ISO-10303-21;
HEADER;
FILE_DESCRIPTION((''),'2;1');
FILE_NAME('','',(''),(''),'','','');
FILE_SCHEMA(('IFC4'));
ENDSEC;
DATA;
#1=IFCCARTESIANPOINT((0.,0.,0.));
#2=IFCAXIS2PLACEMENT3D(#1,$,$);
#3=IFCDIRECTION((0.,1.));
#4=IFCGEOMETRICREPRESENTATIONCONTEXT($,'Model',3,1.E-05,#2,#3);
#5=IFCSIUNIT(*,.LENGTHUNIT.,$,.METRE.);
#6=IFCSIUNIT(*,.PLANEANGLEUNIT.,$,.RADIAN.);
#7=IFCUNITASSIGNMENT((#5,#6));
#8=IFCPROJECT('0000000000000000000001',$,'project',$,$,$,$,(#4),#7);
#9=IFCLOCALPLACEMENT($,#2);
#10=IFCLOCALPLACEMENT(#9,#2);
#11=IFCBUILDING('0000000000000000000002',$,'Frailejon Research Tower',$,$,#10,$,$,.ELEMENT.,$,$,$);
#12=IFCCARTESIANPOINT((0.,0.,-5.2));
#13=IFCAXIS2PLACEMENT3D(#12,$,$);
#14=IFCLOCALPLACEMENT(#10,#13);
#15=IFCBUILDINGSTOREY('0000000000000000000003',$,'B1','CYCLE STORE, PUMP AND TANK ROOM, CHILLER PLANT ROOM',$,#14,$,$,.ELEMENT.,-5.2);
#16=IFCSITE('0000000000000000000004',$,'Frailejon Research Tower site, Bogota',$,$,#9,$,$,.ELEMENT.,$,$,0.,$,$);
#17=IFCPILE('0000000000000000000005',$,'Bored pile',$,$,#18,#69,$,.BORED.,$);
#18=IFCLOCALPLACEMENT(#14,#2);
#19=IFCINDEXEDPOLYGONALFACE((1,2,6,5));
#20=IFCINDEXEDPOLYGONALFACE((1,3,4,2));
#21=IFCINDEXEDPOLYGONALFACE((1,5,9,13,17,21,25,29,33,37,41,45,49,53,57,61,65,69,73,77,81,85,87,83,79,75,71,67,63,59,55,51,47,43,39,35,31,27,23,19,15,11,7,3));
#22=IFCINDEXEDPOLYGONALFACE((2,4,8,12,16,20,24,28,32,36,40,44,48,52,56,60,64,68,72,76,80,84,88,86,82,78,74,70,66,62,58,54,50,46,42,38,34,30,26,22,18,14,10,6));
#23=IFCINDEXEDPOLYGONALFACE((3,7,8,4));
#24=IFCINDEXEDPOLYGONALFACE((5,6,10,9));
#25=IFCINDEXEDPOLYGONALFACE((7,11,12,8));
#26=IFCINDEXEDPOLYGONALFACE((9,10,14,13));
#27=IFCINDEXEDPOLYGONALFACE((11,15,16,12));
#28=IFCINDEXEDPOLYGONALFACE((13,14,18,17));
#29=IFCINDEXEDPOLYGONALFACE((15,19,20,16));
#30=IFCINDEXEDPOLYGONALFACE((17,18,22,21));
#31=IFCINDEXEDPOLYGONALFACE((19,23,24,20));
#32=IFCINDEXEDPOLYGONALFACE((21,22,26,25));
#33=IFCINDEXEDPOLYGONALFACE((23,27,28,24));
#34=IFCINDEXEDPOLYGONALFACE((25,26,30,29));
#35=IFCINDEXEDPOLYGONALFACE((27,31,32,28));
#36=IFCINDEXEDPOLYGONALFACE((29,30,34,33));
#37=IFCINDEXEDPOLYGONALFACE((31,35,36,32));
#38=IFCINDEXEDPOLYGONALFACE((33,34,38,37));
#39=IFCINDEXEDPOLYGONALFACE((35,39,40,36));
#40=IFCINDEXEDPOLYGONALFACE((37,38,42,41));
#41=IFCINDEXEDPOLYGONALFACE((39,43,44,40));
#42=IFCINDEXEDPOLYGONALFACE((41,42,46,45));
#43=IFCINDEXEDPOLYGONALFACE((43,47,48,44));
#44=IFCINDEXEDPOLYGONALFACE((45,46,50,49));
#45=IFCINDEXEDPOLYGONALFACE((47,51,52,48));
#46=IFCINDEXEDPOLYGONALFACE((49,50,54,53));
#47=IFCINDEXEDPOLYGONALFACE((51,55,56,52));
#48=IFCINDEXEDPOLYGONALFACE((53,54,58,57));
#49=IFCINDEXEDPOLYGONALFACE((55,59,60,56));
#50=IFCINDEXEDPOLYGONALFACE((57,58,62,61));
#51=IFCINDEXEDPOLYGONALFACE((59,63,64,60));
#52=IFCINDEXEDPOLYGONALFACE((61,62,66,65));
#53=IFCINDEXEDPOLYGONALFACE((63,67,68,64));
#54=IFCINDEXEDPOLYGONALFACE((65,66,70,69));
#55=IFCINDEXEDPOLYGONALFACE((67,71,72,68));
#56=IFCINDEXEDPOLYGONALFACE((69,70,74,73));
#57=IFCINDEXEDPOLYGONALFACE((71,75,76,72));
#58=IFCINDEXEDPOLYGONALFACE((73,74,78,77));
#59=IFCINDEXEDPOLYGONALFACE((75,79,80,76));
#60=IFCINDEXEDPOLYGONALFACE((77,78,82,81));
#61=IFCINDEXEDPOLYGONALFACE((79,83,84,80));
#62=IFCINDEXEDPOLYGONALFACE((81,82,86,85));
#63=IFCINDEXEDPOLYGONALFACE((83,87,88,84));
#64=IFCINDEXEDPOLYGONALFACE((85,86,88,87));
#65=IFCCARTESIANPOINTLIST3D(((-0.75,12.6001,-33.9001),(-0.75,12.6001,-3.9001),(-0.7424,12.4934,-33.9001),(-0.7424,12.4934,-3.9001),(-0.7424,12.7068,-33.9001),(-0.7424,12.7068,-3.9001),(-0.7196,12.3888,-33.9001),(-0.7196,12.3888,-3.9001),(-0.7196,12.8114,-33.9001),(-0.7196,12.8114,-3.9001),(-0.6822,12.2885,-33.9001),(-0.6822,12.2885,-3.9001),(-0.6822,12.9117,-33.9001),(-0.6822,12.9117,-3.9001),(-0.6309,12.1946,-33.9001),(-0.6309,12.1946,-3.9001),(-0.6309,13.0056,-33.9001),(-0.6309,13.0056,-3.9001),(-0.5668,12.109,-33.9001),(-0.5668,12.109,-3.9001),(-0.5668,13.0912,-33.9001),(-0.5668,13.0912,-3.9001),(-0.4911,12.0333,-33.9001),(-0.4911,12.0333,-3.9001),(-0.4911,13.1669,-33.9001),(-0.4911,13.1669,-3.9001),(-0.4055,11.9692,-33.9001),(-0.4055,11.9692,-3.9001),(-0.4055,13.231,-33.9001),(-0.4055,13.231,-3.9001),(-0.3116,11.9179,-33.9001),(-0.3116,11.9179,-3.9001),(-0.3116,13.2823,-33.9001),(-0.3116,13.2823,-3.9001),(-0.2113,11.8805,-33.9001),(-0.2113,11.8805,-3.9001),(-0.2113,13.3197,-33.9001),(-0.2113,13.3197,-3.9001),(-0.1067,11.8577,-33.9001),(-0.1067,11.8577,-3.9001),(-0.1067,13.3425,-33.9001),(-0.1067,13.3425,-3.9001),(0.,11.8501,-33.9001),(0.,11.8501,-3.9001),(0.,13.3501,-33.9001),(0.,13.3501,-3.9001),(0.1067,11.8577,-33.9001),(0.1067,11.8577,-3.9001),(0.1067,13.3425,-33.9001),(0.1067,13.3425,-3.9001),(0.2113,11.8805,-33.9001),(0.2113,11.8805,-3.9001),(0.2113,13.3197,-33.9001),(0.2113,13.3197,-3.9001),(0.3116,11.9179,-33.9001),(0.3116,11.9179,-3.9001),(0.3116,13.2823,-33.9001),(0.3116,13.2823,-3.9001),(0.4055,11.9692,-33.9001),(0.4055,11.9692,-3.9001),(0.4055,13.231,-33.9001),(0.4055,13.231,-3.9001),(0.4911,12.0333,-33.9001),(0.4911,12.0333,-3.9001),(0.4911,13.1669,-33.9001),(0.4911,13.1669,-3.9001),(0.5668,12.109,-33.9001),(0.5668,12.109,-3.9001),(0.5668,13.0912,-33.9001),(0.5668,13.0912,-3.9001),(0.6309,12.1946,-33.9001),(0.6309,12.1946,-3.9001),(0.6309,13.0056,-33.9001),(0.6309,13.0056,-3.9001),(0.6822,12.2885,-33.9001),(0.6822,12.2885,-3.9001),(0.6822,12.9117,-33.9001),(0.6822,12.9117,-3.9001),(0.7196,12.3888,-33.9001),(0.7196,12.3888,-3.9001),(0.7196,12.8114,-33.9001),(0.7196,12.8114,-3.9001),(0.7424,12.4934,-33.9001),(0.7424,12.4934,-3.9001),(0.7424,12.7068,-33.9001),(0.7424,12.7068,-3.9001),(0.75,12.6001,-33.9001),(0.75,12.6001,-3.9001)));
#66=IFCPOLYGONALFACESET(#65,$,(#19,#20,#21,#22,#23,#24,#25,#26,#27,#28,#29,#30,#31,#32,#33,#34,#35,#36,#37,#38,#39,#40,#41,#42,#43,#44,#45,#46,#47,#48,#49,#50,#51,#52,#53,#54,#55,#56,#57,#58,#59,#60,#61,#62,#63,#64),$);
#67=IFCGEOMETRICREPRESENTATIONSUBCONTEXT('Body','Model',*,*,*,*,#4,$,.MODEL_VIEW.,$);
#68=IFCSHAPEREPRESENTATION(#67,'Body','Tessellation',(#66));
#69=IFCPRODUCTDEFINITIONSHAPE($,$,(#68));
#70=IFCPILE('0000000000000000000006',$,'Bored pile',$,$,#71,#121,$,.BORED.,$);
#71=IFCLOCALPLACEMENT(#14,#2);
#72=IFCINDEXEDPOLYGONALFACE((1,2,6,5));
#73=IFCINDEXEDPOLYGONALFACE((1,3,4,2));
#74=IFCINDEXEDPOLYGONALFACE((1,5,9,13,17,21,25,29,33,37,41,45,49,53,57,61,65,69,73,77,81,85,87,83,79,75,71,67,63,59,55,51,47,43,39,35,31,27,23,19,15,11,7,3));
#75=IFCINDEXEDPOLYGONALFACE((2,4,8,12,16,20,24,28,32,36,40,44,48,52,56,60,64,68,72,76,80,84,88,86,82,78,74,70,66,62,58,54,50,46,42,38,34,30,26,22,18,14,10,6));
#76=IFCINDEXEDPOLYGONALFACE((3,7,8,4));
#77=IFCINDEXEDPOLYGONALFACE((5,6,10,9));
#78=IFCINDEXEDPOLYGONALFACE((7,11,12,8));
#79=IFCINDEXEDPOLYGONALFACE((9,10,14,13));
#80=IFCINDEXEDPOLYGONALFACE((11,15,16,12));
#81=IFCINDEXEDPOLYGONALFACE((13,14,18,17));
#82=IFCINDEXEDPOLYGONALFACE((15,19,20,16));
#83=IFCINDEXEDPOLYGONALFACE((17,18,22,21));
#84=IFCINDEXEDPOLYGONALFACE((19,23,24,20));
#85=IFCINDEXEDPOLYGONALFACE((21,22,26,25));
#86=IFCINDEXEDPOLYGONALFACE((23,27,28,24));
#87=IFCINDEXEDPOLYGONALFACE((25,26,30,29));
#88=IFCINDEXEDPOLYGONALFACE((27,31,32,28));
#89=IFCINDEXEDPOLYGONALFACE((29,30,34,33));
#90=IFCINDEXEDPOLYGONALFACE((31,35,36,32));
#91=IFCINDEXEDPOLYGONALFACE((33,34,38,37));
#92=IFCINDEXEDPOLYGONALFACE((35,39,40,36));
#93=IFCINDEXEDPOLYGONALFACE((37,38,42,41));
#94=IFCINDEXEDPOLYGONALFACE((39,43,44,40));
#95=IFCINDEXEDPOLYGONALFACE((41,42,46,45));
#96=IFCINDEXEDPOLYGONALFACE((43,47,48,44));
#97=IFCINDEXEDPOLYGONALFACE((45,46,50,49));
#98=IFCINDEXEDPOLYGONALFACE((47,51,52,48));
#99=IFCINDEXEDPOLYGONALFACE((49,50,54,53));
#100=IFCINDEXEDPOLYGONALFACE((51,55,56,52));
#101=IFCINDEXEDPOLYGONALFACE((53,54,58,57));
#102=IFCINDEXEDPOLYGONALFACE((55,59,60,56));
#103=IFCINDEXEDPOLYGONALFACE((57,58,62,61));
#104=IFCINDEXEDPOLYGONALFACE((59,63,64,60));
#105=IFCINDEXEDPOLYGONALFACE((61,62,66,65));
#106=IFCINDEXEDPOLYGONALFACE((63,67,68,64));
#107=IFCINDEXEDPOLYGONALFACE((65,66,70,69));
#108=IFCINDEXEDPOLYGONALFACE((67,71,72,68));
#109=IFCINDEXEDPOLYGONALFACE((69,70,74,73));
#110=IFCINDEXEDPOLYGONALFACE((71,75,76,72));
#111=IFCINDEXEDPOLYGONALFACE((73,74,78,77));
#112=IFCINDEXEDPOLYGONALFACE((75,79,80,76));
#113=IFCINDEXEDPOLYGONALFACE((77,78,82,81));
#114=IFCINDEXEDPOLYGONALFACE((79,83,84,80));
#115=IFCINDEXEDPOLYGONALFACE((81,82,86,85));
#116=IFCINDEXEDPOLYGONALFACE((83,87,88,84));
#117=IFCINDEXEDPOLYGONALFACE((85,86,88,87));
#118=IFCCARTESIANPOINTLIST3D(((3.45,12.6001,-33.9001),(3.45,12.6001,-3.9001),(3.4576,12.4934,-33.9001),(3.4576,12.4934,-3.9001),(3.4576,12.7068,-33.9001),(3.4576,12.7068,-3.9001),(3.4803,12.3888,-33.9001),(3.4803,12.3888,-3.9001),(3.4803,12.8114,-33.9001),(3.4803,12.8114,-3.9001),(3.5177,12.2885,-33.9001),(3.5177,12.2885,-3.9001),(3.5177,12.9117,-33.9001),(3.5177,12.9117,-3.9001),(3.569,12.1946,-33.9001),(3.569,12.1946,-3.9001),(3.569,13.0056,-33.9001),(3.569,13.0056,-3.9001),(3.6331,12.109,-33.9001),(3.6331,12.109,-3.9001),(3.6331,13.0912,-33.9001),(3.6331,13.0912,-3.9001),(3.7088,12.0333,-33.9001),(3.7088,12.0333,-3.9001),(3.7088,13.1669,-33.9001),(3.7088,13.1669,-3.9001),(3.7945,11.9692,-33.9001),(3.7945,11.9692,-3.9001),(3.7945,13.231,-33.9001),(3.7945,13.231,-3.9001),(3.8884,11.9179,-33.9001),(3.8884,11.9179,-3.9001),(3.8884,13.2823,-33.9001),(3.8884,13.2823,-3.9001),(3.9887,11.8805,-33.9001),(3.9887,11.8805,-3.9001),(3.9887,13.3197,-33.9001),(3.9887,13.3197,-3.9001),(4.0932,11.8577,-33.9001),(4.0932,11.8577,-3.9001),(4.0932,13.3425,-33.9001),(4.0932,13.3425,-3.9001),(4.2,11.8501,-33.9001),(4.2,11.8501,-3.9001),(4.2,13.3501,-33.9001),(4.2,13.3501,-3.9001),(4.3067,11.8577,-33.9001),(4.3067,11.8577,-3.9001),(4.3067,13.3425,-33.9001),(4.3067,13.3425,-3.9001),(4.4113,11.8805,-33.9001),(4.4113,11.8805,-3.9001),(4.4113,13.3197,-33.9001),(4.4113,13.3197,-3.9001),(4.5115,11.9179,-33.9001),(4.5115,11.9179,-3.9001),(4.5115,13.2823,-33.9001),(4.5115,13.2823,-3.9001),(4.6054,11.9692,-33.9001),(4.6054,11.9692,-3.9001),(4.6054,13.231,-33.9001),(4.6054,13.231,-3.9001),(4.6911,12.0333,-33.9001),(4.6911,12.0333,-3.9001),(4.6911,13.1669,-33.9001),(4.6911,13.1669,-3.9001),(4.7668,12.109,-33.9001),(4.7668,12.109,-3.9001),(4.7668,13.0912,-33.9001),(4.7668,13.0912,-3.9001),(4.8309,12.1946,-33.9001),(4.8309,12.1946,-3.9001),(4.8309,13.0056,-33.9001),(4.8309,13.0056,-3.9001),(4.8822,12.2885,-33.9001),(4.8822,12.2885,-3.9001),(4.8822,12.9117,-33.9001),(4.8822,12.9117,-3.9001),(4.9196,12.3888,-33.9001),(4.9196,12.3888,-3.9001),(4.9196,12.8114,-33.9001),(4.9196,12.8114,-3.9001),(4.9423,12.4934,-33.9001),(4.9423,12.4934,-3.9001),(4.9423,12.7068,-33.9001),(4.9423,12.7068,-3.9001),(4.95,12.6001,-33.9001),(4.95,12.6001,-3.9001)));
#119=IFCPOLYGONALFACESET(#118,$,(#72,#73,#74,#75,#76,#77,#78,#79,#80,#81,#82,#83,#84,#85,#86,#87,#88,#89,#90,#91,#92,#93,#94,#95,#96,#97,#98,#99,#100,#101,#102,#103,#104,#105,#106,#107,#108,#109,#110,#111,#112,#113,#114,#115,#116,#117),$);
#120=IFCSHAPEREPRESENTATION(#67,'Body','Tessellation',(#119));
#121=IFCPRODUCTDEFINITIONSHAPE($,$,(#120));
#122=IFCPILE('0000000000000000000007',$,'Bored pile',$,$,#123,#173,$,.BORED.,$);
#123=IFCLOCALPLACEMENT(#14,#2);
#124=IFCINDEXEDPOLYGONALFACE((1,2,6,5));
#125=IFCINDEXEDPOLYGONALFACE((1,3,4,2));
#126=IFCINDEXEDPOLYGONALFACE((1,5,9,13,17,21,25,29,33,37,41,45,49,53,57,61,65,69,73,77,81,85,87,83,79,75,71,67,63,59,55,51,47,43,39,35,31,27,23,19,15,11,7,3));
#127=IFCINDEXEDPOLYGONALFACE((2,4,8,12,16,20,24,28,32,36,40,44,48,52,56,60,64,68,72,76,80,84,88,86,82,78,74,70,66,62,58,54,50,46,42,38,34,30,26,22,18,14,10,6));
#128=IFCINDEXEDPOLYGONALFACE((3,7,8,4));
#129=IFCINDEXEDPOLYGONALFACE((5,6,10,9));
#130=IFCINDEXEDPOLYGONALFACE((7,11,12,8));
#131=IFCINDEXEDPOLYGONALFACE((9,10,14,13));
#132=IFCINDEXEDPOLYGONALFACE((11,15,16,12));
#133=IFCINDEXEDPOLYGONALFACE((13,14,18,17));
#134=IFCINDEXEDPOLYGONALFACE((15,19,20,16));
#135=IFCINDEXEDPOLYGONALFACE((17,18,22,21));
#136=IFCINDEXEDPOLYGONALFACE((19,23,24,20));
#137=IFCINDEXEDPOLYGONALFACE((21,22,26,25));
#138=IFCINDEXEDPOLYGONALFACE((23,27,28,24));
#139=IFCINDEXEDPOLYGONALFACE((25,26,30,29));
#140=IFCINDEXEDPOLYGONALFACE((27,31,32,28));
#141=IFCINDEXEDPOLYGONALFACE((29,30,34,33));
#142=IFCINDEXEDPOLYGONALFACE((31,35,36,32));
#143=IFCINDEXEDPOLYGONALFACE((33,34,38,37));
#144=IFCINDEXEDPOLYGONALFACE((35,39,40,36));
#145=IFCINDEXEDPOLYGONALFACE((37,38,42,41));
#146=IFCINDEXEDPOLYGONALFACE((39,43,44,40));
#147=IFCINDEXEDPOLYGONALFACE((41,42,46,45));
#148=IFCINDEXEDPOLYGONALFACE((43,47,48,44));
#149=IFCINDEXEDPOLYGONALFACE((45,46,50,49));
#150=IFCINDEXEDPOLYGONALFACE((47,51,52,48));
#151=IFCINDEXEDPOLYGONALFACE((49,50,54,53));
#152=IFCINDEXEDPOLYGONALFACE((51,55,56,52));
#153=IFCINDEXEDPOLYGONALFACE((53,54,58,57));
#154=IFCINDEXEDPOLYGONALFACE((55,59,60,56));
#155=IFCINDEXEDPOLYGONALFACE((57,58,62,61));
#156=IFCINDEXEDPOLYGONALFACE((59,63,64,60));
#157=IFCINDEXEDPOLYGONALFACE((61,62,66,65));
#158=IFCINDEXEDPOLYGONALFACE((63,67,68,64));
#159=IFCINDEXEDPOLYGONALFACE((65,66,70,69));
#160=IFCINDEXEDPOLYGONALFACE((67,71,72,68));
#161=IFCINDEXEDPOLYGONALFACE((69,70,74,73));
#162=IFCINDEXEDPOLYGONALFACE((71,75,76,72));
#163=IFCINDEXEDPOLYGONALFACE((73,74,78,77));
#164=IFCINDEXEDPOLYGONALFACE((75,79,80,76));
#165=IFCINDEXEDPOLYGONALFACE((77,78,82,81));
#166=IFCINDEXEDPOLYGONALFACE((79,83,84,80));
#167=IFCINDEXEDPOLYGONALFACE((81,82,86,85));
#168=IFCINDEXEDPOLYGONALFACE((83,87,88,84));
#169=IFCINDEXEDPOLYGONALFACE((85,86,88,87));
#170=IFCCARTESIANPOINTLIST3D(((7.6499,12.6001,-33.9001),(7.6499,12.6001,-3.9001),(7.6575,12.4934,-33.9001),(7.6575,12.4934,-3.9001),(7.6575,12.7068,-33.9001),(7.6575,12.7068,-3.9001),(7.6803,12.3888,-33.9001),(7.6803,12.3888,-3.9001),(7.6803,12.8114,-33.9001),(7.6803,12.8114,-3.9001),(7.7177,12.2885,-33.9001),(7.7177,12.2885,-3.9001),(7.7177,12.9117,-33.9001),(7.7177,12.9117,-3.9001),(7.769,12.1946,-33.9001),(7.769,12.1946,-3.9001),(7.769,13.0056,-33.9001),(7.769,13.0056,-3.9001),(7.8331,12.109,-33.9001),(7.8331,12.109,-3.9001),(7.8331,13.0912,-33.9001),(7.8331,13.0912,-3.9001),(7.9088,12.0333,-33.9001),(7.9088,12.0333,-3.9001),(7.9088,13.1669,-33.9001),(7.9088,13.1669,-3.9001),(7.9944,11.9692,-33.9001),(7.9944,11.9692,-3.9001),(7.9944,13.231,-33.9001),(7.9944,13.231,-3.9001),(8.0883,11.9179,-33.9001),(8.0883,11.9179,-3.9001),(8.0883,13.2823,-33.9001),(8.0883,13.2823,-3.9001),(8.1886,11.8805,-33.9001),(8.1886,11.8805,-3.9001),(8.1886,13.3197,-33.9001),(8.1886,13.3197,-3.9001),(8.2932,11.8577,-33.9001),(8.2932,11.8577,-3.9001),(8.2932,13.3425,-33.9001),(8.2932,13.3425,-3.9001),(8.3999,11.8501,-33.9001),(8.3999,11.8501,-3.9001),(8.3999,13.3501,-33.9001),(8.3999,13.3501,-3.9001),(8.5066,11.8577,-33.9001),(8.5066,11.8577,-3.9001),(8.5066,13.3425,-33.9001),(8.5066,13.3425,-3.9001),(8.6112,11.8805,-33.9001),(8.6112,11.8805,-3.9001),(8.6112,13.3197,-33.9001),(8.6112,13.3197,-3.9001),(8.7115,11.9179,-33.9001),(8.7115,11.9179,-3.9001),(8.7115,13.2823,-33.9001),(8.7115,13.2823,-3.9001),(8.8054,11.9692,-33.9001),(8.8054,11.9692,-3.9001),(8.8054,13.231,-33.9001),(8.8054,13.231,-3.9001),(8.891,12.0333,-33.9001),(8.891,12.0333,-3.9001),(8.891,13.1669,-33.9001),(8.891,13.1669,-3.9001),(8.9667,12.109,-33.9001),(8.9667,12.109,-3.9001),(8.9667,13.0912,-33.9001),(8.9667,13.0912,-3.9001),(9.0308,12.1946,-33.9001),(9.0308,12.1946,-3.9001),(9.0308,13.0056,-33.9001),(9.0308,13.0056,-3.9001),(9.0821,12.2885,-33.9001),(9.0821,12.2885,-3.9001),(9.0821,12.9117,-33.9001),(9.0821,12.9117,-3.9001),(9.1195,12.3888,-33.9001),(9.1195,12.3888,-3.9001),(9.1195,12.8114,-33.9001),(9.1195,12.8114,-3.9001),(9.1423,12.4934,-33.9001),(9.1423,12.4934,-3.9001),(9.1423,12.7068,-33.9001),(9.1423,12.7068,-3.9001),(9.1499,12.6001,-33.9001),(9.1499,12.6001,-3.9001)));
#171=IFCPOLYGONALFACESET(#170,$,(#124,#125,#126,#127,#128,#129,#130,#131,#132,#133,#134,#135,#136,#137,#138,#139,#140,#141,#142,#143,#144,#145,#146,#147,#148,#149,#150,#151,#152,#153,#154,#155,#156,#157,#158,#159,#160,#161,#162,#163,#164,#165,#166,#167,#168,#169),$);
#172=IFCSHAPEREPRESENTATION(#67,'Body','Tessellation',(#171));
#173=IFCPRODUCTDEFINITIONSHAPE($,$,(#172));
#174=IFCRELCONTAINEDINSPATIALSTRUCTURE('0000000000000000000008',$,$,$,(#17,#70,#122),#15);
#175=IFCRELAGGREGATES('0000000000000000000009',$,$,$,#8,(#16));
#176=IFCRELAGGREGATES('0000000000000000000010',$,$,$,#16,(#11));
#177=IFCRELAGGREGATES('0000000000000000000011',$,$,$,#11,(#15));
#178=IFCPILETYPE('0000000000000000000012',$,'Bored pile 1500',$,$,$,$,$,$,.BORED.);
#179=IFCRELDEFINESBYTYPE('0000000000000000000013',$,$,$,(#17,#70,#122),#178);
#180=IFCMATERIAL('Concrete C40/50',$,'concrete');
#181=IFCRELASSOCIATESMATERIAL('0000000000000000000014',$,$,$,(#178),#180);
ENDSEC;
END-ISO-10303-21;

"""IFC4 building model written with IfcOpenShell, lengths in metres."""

from ifc_helpers import new_model, si_unit, direction, frame, origin, origin_2d, place, context, subcontext, project, spatial, circle, extrude, material, material_profile, profile_set, type_object, element, save


model = new_model("IFC4")

# Units and contexts
model_context = context("Model", 3, precision=1e-05, world=origin(), true_north=direction((0.0, 1.0)))
body_context = subcontext(model_context, "Body", "Model", "MODEL_VIEW")
ifc_project = project(units=[si_unit("LENGTHUNIT", "METRE"), si_unit("PLANEANGLEUNIT", "RADIAN")], contexts=[model_context])

# Site, building, storey
site_placement = place(None, origin())
site = spatial("IfcSite", under=ifc_project, at=site_placement, Name="Frailejon Research Tower site, Bogota", CompositionType="ELEMENT", RefElevation=0.0)
building_placement = place(site_placement, origin())
building = spatial("IfcBuilding", under=site, at=building_placement, Name="Frailejon Research Tower", CompositionType="ELEMENT")
storey_placement = place(building_placement, frame((0.0, 0.0, -5.2)))
storey = spatial("IfcBuildingStorey", under=building, at=storey_placement, Name="B1", Description="CYCLE STORE, PUMP AND TANK ROOM, CHILLER PLANT ROOM", CompositionType="ELEMENT", Elevation=-5.2)

# Piles
ifc_material_1 = material(Name="Concrete C40/50", Category="concrete")
ifc_material_profile_1 = material_profile(ifc_material_1, circle(Radius=0.75, at=origin_2d()), Name="Bored pile 1500")
ifc_profile_set_1 = profile_set([ifc_material_profile_1], Name="Concrete C40/50")
pile_type = type_object("IfcPileType", Name="Bored pile 1500", PredefinedType="BORED", material=ifc_profile_set_1)
for number, where, z_axis, x_axis, name in (
    (1, (0.0, 12.6001, -3.9001), (0.0, 0.0, -1.0), (1.0, 0.0, 0.0), "Bored pile"),
    (2, (4.2, 12.6001, -3.9001), (0.0, 0.0, -1.0), (1.0, 0.0, 0.0), "Bored pile"),
    (3, (8.3999, 12.6001, -3.9001), (0.0, 0.0, -1.0), (1.0, 0.0, 0.0), "Bored pile"),
):
    element("IfcPile", number, at=place(storey_placement, frame(where, z_axis=z_axis, x_axis=x_axis)), inside=storey, type_object=pile_type, Name=name, PredefinedType="BORED", context=body_context, shape_type="SweptSolid", body=[
        extrude(circle(Radius=0.75, at=origin_2d()), origin(), (0.0, 0.0, 1.0), 30.0),
    ])

save(model, "model.ifc")
